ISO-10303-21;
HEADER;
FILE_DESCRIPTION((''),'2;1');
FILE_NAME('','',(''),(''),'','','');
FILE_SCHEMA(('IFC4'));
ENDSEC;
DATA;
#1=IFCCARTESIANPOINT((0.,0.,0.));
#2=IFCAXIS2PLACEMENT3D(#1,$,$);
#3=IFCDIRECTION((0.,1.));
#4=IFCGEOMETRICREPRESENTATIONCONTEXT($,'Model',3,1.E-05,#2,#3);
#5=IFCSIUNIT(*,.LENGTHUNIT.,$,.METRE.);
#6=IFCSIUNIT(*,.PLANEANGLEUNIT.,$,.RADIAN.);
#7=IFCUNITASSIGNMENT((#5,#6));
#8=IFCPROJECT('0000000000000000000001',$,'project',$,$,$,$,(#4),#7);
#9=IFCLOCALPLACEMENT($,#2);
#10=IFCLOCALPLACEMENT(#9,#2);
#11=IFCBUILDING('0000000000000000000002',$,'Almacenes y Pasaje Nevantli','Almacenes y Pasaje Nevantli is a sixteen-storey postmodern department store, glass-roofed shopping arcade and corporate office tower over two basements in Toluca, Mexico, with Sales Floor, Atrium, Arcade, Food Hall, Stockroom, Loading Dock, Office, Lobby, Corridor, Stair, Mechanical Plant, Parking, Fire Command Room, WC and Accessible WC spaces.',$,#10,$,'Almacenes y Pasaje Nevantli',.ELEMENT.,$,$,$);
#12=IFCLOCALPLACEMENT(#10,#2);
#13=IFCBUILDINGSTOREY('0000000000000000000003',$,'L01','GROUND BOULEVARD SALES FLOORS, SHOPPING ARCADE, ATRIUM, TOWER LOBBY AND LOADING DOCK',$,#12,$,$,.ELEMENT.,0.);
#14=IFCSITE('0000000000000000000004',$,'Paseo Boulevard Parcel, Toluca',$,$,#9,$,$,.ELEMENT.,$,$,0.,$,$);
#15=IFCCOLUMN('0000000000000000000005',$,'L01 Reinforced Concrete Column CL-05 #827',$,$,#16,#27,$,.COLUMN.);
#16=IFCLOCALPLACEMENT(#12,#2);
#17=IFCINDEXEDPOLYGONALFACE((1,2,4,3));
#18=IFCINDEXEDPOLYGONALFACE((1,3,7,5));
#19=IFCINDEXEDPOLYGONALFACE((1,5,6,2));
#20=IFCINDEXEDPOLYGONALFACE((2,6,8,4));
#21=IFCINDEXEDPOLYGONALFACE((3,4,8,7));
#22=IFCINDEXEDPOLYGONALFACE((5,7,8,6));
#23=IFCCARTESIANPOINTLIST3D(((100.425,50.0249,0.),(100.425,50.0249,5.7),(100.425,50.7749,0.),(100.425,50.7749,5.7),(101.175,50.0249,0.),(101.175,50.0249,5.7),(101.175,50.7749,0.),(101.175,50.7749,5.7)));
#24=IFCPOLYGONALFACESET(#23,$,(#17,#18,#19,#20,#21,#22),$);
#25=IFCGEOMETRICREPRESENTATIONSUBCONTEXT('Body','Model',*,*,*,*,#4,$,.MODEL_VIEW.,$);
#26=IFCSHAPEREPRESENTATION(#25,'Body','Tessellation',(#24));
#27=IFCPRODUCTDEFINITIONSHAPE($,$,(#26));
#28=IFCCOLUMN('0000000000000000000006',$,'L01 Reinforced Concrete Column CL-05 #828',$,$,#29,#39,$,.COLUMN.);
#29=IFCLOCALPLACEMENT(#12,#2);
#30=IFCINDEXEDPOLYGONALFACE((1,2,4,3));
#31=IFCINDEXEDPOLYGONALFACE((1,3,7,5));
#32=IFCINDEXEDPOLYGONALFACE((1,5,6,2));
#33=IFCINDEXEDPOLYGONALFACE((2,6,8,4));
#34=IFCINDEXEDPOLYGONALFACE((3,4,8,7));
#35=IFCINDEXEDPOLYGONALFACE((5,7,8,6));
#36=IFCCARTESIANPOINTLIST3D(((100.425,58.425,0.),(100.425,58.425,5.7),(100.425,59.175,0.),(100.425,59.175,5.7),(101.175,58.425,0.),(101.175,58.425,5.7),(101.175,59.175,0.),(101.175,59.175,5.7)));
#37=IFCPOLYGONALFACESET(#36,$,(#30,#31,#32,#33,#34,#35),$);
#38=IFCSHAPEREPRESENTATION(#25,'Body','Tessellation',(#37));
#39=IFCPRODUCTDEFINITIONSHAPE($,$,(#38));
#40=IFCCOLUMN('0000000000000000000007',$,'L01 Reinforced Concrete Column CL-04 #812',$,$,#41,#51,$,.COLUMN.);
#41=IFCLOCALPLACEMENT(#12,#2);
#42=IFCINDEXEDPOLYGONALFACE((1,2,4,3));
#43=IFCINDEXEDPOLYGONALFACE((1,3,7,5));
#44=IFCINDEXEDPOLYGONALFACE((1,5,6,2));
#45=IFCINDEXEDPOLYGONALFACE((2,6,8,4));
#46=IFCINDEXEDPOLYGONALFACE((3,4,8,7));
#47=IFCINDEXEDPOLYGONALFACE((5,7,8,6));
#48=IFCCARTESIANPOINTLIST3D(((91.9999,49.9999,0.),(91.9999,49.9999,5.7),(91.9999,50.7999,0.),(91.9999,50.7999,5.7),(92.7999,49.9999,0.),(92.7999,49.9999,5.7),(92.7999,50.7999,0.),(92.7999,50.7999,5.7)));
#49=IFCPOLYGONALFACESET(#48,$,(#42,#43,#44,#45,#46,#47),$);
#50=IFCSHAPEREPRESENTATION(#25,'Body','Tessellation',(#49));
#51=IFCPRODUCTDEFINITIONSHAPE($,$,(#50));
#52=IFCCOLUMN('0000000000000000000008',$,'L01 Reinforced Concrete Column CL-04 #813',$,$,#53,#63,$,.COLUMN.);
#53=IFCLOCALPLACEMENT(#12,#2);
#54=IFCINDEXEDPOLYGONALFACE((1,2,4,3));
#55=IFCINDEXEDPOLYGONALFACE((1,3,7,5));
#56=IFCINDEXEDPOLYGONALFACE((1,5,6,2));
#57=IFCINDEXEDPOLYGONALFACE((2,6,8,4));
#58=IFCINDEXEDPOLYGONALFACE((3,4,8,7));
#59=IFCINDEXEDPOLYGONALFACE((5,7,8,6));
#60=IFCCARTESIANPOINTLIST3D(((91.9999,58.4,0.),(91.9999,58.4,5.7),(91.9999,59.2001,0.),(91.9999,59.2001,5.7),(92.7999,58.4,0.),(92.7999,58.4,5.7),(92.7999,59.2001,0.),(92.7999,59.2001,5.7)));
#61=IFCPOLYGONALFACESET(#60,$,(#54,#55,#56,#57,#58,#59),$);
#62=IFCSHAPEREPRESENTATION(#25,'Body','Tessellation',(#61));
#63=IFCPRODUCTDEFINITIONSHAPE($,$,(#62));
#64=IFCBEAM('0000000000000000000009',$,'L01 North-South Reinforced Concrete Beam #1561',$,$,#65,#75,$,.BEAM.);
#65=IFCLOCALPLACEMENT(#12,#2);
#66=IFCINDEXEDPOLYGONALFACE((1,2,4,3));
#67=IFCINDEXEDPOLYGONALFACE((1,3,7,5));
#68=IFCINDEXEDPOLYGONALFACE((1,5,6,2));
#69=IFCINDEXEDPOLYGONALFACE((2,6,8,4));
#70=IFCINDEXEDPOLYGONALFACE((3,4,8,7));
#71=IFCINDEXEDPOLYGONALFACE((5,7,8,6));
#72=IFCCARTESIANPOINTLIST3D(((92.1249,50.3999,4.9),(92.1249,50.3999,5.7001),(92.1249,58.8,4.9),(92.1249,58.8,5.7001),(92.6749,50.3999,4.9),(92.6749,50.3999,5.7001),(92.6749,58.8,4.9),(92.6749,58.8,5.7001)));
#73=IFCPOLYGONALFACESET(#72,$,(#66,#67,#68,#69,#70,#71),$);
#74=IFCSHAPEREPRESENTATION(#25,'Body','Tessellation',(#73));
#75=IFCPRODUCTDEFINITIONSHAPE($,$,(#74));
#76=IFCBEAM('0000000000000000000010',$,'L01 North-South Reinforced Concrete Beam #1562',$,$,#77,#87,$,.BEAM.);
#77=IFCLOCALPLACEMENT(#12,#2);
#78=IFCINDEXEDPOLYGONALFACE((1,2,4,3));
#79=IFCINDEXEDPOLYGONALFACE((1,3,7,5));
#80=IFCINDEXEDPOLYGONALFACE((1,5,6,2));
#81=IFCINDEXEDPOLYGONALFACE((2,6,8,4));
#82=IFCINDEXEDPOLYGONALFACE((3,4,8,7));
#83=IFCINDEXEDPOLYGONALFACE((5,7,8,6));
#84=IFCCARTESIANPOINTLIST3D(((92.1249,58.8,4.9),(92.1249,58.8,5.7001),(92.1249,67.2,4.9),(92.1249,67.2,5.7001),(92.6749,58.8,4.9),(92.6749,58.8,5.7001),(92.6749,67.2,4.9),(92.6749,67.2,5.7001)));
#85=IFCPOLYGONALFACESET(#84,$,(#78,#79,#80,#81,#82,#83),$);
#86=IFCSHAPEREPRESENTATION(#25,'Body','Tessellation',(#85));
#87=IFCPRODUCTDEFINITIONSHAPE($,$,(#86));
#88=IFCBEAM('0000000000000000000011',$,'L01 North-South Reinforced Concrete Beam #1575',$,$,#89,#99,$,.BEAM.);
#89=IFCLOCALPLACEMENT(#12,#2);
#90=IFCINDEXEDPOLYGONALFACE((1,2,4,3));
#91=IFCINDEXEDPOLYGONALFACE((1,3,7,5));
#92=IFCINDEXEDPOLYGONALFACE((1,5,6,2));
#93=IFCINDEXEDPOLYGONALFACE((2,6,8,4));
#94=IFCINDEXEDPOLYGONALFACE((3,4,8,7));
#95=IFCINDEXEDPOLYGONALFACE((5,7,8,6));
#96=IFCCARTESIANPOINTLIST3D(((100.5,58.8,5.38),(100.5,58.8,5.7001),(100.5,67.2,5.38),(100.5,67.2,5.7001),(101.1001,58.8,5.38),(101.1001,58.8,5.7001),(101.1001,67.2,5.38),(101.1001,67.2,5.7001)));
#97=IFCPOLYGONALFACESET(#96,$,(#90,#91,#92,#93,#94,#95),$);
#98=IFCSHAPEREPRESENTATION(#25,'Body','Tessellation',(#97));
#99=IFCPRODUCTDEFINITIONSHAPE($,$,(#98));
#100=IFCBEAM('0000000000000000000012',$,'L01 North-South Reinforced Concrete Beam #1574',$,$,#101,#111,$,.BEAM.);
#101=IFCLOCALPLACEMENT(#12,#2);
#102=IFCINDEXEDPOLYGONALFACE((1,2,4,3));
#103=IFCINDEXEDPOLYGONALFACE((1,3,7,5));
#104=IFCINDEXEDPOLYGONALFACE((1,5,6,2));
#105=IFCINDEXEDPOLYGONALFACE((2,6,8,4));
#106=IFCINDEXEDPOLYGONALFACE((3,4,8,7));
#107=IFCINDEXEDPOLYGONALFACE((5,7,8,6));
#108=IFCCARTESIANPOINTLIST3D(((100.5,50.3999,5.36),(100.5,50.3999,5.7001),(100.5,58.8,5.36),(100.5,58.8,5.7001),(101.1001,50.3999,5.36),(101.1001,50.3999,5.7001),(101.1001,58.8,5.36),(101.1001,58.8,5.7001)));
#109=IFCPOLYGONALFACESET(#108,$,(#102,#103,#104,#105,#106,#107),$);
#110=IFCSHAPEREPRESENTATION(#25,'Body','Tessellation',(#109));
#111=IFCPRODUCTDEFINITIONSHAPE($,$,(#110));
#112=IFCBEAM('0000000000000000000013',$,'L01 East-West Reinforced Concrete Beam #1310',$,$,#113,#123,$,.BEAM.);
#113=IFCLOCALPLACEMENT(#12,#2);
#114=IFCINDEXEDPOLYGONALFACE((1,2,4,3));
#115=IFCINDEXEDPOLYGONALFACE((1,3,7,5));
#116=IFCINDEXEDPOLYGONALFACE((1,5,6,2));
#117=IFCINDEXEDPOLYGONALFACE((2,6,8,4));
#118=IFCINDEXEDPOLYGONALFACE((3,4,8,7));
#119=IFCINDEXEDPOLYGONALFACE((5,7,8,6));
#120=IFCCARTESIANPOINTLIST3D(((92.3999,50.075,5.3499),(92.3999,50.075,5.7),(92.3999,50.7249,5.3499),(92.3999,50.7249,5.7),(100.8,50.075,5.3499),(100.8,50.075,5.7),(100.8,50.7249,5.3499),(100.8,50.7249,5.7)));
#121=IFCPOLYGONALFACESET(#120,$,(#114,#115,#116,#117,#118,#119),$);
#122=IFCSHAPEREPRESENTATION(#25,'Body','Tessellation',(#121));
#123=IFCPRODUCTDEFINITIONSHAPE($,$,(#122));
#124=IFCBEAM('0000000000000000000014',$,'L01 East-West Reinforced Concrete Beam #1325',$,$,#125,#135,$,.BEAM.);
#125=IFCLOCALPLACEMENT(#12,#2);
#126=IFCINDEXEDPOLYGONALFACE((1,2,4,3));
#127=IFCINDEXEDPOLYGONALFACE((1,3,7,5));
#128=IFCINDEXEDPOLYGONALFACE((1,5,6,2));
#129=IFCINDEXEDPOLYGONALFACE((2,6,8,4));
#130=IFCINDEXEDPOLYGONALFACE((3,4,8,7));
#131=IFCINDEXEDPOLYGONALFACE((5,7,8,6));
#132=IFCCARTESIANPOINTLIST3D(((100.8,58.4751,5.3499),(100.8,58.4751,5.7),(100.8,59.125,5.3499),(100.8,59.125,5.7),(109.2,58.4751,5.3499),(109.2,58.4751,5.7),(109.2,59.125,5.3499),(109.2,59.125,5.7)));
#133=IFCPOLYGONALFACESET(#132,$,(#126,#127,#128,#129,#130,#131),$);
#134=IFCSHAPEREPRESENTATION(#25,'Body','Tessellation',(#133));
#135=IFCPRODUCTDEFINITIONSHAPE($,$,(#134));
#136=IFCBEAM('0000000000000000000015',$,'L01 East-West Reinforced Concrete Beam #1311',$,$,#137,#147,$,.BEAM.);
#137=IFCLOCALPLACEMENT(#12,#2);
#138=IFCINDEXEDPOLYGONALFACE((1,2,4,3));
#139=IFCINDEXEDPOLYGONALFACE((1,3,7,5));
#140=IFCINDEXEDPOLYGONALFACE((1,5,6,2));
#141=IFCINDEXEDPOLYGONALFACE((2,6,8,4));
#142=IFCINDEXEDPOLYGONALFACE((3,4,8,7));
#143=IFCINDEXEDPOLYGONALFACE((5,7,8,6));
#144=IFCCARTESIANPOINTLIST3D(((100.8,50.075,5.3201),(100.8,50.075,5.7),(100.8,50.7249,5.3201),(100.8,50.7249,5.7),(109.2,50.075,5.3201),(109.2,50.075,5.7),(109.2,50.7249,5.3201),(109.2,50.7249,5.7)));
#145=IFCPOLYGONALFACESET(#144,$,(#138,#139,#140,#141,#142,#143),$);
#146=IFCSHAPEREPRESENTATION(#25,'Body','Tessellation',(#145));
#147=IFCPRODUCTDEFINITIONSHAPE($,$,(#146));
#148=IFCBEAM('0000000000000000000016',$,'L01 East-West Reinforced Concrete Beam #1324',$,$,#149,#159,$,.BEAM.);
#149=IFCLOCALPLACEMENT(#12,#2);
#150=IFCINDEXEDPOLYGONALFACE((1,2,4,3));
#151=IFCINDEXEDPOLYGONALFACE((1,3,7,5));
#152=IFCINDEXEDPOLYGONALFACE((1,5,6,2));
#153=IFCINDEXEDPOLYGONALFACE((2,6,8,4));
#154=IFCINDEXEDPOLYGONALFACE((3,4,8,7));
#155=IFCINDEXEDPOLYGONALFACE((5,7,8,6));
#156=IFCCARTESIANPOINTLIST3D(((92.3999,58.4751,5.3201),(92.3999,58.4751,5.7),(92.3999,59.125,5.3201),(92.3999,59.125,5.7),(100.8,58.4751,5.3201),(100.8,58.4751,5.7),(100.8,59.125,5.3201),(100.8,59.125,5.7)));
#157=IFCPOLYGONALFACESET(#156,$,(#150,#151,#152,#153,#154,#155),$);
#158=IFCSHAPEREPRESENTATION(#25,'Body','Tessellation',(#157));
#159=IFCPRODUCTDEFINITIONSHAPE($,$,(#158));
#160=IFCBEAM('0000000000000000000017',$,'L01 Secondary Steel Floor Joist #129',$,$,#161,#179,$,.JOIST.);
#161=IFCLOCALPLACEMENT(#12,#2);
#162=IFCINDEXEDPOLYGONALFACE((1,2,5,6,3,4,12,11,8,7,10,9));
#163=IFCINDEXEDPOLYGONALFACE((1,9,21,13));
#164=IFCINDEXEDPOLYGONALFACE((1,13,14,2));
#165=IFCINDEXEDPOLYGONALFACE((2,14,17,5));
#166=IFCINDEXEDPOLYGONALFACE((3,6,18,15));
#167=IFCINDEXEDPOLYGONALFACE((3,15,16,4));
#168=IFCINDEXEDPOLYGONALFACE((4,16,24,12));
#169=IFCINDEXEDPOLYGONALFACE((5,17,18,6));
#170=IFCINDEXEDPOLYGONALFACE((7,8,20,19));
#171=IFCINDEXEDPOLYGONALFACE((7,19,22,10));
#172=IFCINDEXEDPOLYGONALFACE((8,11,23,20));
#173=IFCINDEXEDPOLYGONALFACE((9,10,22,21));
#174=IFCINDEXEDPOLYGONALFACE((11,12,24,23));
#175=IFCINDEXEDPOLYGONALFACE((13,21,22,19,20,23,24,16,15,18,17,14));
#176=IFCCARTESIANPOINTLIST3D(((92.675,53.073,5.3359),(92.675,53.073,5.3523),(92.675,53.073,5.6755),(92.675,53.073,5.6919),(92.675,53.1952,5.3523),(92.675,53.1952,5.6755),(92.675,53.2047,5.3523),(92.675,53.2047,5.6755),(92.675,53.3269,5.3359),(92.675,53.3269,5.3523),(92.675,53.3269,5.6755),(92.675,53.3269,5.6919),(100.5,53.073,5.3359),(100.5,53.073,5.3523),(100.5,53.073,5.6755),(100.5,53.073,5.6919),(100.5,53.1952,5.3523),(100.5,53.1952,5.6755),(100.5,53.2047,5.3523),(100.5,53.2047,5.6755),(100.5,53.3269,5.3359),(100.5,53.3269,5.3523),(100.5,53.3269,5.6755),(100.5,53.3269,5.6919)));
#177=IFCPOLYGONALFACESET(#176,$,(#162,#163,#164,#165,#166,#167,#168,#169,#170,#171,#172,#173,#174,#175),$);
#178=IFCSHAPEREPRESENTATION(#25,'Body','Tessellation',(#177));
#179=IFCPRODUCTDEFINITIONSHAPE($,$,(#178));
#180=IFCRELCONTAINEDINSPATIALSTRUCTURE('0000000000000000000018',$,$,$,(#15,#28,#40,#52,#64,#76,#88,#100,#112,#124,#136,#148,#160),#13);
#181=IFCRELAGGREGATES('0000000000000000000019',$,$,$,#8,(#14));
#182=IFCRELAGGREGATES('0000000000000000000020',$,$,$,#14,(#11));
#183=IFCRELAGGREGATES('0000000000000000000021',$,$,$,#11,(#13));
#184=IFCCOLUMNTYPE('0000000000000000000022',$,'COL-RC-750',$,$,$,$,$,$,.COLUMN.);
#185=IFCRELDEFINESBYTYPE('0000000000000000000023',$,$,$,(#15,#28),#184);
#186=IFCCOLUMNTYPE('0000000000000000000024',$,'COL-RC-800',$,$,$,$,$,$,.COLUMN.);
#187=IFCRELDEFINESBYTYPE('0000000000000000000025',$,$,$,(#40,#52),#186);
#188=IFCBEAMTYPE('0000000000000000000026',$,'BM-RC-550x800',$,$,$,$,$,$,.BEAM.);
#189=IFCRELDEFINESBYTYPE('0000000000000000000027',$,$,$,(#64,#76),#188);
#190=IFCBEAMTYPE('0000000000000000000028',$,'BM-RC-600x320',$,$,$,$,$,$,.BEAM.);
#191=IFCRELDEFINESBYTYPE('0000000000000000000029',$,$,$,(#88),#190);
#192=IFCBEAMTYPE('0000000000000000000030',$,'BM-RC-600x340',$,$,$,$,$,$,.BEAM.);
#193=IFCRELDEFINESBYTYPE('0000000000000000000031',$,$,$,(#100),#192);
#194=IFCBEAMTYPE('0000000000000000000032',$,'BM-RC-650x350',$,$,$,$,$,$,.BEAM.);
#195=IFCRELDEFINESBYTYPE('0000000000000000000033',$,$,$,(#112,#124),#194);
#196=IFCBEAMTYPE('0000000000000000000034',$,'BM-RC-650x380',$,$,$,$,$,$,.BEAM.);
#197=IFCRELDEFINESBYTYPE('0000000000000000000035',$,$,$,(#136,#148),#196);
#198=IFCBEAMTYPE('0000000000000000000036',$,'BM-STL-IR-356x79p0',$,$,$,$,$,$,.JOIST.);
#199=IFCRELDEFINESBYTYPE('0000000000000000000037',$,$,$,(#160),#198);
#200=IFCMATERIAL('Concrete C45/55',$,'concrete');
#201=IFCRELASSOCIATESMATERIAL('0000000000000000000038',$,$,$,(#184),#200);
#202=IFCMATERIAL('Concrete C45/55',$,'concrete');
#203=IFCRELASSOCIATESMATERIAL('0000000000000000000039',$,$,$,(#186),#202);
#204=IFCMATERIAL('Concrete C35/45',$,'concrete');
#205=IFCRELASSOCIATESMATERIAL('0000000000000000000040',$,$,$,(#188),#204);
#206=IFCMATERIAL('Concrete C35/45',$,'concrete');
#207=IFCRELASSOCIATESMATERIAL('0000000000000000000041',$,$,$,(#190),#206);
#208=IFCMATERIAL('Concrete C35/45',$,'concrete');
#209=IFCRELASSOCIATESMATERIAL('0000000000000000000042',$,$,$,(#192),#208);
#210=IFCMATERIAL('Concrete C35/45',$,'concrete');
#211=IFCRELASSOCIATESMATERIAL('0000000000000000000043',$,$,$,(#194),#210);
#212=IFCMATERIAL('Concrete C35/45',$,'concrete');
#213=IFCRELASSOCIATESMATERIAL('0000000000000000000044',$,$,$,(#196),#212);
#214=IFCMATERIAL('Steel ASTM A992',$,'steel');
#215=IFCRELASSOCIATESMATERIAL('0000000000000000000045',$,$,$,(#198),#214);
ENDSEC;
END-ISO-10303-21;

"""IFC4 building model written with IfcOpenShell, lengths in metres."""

from ifc_helpers import new_model, si_unit, direction, frame, origin, origin_2d, place, context, subcontext, project, spatial, rectangle, i_section, extrude, material, material_profile, profile_set, type_object, element, save


model = new_model("IFC4")

# Units and contexts
model_context = context("Model", 3, precision=1e-05, world=origin(), true_north=direction((0.0, 1.0)))
body_context = subcontext(model_context, "Body", "Model", "MODEL_VIEW")
ifc_project = project(units=[si_unit("LENGTHUNIT", "METRE"), si_unit("PLANEANGLEUNIT", "RADIAN")], contexts=[model_context])

# Site, building, storey
site_placement = place(None, origin())
site = spatial("IfcSite", under=ifc_project, at=site_placement, Name="Paseo Boulevard Parcel, Toluca", CompositionType="ELEMENT", RefElevation=0.0)
building_placement = place(site_placement, origin())
building = spatial("IfcBuilding", under=site, at=building_placement, Name="Almacenes y Pasaje Nevantli", Description="Almacenes y Pasaje Nevantli is a sixteen-storey postmodern department store, glass-roofed shopping arcade and corporate office tower over two basements in Toluca, Mexico, with Sales Floor, Atrium, Arcade, Food Hall, Stockroom, Loading Dock, Office, Lobby, Corridor, Stair, Mechanical Plant, Parking, Fire Command Room, WC and Accessible WC spaces.", LongName="Almacenes y Pasaje Nevantli", CompositionType="ELEMENT")
storey_placement = place(building_placement, origin())
storey = spatial("IfcBuildingStorey", under=building, at=storey_placement, Name="L01", Description="GROUND BOULEVARD SALES FLOORS, SHOPPING ARCADE, ATRIUM, TOWER LOBBY AND LOADING DOCK", CompositionType="ELEMENT", Elevation=0.0)

# Columns
ifc_material_1 = material(Name="Concrete C45/55", Category="concrete")
ifc_material_profile_1 = material_profile(ifc_material_1, rectangle(XDim=0.75, YDim=0.75, at=origin_2d()), Name="RC-COL-750x750")
ifc_profile_set_1 = profile_set([ifc_material_profile_1], Name="Concrete C45/55")
column_type_1 = type_object("IfcColumnType", Name="COL-RC-750", PredefinedType="COLUMN", material=ifc_profile_set_1)
for number, where, z_axis, x_axis, name in (
    (1, (100.8, 50.3999, 0.0), (0.0, 0.0, 1.0), (1.0, 0.0, 0.0), "L01 Reinforced Concrete Column CL-05 #827"),
    (2, (100.8, 58.8, 0.0), (0.0, 0.0, 1.0), (1.0, 0.0, 0.0), "L01 Reinforced Concrete Column CL-05 #828"),
):
    element("IfcColumn", number, at=place(storey_placement, frame(where, z_axis=z_axis, x_axis=x_axis)), inside=storey, type_object=column_type_1, Name=name, PredefinedType="COLUMN", context=body_context, shape_type="SweptSolid", body=[
        extrude(rectangle(XDim=0.75, YDim=0.75, at=origin_2d()), origin(), (0.0, 0.0, 1.0), 5.7),
    ])
ifc_material_2 = material(Name="Concrete C45/55", Category="concrete")
ifc_material_profile_2 = material_profile(ifc_material_2, rectangle(XDim=0.8, YDim=0.8, at=origin_2d()), Name="RC-COL-800x800")
ifc_profile_set_2 = profile_set([ifc_material_profile_2], Name="Concrete C45/55")
column_type_2 = type_object("IfcColumnType", Name="COL-RC-800", PredefinedType="COLUMN", material=ifc_profile_set_2)
for number, where, z_axis, x_axis, name in (
    (3, (92.3999, 50.3999, 0.0), (0.0, 0.0, 1.0), (1.0, 0.0, 0.0), "L01 Reinforced Concrete Column CL-04 #812"),
    (4, (92.3999, 58.8, 0.0), (0.0, 0.0, 1.0), (1.0, 0.0, 0.0), "L01 Reinforced Concrete Column CL-04 #813"),
):
    element("IfcColumn", number, at=place(storey_placement, frame(where, z_axis=z_axis, x_axis=x_axis)), inside=storey, type_object=column_type_2, Name=name, PredefinedType="COLUMN", context=body_context, shape_type="SweptSolid", body=[
        extrude(rectangle(XDim=0.8, YDim=0.8, at=origin_2d()), origin(), (0.0, 0.0, 1.0), 5.7),
    ])

# Beams
ifc_material_3 = material(Name="Concrete C35/45", Category="concrete")
ifc_material_profile_3 = material_profile(ifc_material_3, rectangle(XDim=0.55, YDim=0.8, at=origin_2d()), Name="RC-BM-550x800")
ifc_profile_set_3 = profile_set([ifc_material_profile_3], Name="Concrete C35/45")
beam_type_1 = type_object("IfcBeamType", Name="BM-RC-550x800", PredefinedType="BEAM", material=ifc_profile_set_3)
beam_1_placement = place(storey_placement, frame((92.3999, 50.3999, 5.3), z_axis=(0.0, 1.0, 0.0), x_axis=(-1.0, 0.0, 0.0)))
element("IfcBeam", 5, at=beam_1_placement, inside=storey, type_object=beam_type_1, Name="L01 North-South Reinforced Concrete Beam #1561", PredefinedType="BEAM", context=body_context, shape_type="SweptSolid", body=[
    extrude(rectangle(XDim=0.55, YDim=0.8, at=origin_2d()), origin(), (0.0, 0.0, 1.0), 8.4001),
])
beam_2_placement = place(storey_placement, frame((92.3999, 58.8, 5.3), z_axis=(0.0, 1.0, 0.0), x_axis=(-1.0, 0.0, 0.0)))
element("IfcBeam", 6, at=beam_2_placement, inside=storey, type_object=beam_type_1, Name="L01 North-South Reinforced Concrete Beam #1562", PredefinedType="BEAM", context=body_context, shape_type="SweptSolid", body=[
    extrude(rectangle(XDim=0.55, YDim=0.8, at=origin_2d()), origin(), (0.0, 0.0, 1.0), 8.3999),
])
ifc_material_4 = material(Name="Concrete C35/45", Category="concrete")
ifc_material_profile_4 = material_profile(ifc_material_4, rectangle(XDim=0.6001, YDim=0.3201, at=origin_2d()), Name="RC-BM-600x320")
ifc_profile_set_4 = profile_set([ifc_material_profile_4], Name="Concrete C35/45")
beam_type_2 = type_object("IfcBeamType", Name="BM-RC-600x320", PredefinedType="BEAM", material=ifc_profile_set_4)
beam_3_placement = place(storey_placement, frame((100.8, 58.8, 5.54), z_axis=(0.0, 1.0, 0.0), x_axis=(-1.0, 0.0, 0.0)))
element("IfcBeam", 7, at=beam_3_placement, inside=storey, type_object=beam_type_2, Name="L01 North-South Reinforced Concrete Beam #1575", PredefinedType="BEAM", context=body_context, shape_type="SweptSolid", body=[
    extrude(rectangle(XDim=0.6001, YDim=0.3201, at=origin_2d()), origin(), (0.0, 0.0, 1.0), 8.3999),
])
ifc_material_5 = material(Name="Concrete C35/45", Category="concrete")
ifc_material_profile_5 = material_profile(ifc_material_5, rectangle(XDim=0.6001, YDim=0.3401, at=origin_2d()), Name="RC-BM-600x340")
ifc_profile_set_5 = profile_set([ifc_material_profile_5], Name="Concrete C35/45")
beam_type_3 = type_object("IfcBeamType", Name="BM-RC-600x340", PredefinedType="BEAM", material=ifc_profile_set_5)
beam_4_placement = place(storey_placement, frame((100.8, 50.3999, 5.53), z_axis=(0.0, 1.0, 0.0), x_axis=(-1.0, 0.0, 0.0)))
element("IfcBeam", 8, at=beam_4_placement, inside=storey, type_object=beam_type_3, Name="L01 North-South Reinforced Concrete Beam #1574", PredefinedType="BEAM", context=body_context, shape_type="SweptSolid", body=[
    extrude(rectangle(XDim=0.6001, YDim=0.3401, at=origin_2d()), origin(), (0.0, 0.0, 1.0), 8.4001),
])
ifc_material_6 = material(Name="Concrete C35/45", Category="concrete")
ifc_material_profile_6 = material_profile(ifc_material_6, rectangle(XDim=0.6499, YDim=0.3501, at=origin_2d()), Name="RC-BM-650x350")
ifc_profile_set_6 = profile_set([ifc_material_profile_6], Name="Concrete C35/45")
beam_type_4 = type_object("IfcBeamType", Name="BM-RC-650x350", PredefinedType="BEAM", material=ifc_profile_set_6)
beam_5_placement = place(storey_placement, frame((92.3999, 50.3999, 5.5249), z_axis=(1.0, 0.0, 0.0), x_axis=(0.0, 1.0, 0.0)))
element("IfcBeam", 9, at=beam_5_placement, inside=storey, type_object=beam_type_4, Name="L01 East-West Reinforced Concrete Beam #1310", PredefinedType="BEAM", context=body_context, shape_type="SweptSolid", body=[
    extrude(rectangle(XDim=0.6499, YDim=0.3501, at=origin_2d()), origin(), (0.0, 0.0, 1.0), 8.4001),
])
beam_6_placement = place(storey_placement, frame((100.8, 58.8, 5.5249), z_axis=(1.0, 0.0, 0.0), x_axis=(0.0, 1.0, 0.0)))
element("IfcBeam", 10, at=beam_6_placement, inside=storey, type_object=beam_type_4, Name="L01 East-West Reinforced Concrete Beam #1325", PredefinedType="BEAM", context=body_context, shape_type="SweptSolid", body=[
    extrude(rectangle(XDim=0.6499, YDim=0.3501, at=origin_2d()), origin(), (0.0, 0.0, 1.0), 8.3999),
])
ifc_material_7 = material(Name="Concrete C35/45", Category="concrete")
ifc_material_profile_7 = material_profile(ifc_material_7, rectangle(XDim=0.6499, YDim=0.3799, at=origin_2d()), Name="RC-BM-650x380")
ifc_profile_set_7 = profile_set([ifc_material_profile_7], Name="Concrete C35/45")
beam_type_5 = type_object("IfcBeamType", Name="BM-RC-650x380", PredefinedType="BEAM", material=ifc_profile_set_7)
beam_7_placement = place(storey_placement, frame((100.8, 50.3999, 5.51), z_axis=(1.0, 0.0, 0.0), x_axis=(0.0, 1.0, 0.0)))
element("IfcBeam", 11, at=beam_7_placement, inside=storey, type_object=beam_type_5, Name="L01 East-West Reinforced Concrete Beam #1311", PredefinedType="BEAM", context=body_context, shape_type="SweptSolid", body=[
    extrude(rectangle(XDim=0.6499, YDim=0.3799, at=origin_2d()), origin(), (0.0, 0.0, 1.0), 8.3999),
])
beam_8_placement = place(storey_placement, frame((92.3999, 58.8, 5.51), z_axis=(1.0, 0.0, 0.0), x_axis=(0.0, 1.0, 0.0)))
element("IfcBeam", 12, at=beam_8_placement, inside=storey, type_object=beam_type_5, Name="L01 East-West Reinforced Concrete Beam #1324", PredefinedType="BEAM", context=body_context, shape_type="SweptSolid", body=[
    extrude(rectangle(XDim=0.6499, YDim=0.3799, at=origin_2d()), origin(), (0.0, 0.0, 1.0), 8.4001),
])
ifc_material_8 = material(Name="Steel ASTM A992", Category="steel")
ifc_material_profile_8 = material_profile(ifc_material_8, i_section(OverallWidth=0.2539, OverallDepth=0.356, WebThickness=0.0095, FlangeThickness=0.0164, at=origin_2d()), Name="IR 356x79.0")
ifc_profile_set_8 = profile_set([ifc_material_profile_8], Name="Steel ASTM A992")
beam_type_6 = type_object("IfcBeamType", Name="BM-STL-IR-356x79p0", PredefinedType="JOIST", material=ifc_profile_set_8)
for number, where, z_axis, x_axis, name in (
    (13, (92.675, 53.2, 5.5139), (1.0, 0.0, 0.0), (0.0, 1.0, 0.0), "L01 Secondary Steel Floor Joist #129"),
):
    element("IfcBeam", number, at=place(storey_placement, frame(where, z_axis=z_axis, x_axis=x_axis)), inside=storey, type_object=beam_type_6, Name=name, PredefinedType="JOIST", context=body_context, shape_type="SweptSolid", body=[
        extrude(i_section(OverallWidth=0.2539, OverallDepth=0.356, WebThickness=0.0095, FlangeThickness=0.0164, at=origin_2d()), origin(), (0.0, 0.0, 1.0), 7.825),
    ])

save(model, "model.ifc")
